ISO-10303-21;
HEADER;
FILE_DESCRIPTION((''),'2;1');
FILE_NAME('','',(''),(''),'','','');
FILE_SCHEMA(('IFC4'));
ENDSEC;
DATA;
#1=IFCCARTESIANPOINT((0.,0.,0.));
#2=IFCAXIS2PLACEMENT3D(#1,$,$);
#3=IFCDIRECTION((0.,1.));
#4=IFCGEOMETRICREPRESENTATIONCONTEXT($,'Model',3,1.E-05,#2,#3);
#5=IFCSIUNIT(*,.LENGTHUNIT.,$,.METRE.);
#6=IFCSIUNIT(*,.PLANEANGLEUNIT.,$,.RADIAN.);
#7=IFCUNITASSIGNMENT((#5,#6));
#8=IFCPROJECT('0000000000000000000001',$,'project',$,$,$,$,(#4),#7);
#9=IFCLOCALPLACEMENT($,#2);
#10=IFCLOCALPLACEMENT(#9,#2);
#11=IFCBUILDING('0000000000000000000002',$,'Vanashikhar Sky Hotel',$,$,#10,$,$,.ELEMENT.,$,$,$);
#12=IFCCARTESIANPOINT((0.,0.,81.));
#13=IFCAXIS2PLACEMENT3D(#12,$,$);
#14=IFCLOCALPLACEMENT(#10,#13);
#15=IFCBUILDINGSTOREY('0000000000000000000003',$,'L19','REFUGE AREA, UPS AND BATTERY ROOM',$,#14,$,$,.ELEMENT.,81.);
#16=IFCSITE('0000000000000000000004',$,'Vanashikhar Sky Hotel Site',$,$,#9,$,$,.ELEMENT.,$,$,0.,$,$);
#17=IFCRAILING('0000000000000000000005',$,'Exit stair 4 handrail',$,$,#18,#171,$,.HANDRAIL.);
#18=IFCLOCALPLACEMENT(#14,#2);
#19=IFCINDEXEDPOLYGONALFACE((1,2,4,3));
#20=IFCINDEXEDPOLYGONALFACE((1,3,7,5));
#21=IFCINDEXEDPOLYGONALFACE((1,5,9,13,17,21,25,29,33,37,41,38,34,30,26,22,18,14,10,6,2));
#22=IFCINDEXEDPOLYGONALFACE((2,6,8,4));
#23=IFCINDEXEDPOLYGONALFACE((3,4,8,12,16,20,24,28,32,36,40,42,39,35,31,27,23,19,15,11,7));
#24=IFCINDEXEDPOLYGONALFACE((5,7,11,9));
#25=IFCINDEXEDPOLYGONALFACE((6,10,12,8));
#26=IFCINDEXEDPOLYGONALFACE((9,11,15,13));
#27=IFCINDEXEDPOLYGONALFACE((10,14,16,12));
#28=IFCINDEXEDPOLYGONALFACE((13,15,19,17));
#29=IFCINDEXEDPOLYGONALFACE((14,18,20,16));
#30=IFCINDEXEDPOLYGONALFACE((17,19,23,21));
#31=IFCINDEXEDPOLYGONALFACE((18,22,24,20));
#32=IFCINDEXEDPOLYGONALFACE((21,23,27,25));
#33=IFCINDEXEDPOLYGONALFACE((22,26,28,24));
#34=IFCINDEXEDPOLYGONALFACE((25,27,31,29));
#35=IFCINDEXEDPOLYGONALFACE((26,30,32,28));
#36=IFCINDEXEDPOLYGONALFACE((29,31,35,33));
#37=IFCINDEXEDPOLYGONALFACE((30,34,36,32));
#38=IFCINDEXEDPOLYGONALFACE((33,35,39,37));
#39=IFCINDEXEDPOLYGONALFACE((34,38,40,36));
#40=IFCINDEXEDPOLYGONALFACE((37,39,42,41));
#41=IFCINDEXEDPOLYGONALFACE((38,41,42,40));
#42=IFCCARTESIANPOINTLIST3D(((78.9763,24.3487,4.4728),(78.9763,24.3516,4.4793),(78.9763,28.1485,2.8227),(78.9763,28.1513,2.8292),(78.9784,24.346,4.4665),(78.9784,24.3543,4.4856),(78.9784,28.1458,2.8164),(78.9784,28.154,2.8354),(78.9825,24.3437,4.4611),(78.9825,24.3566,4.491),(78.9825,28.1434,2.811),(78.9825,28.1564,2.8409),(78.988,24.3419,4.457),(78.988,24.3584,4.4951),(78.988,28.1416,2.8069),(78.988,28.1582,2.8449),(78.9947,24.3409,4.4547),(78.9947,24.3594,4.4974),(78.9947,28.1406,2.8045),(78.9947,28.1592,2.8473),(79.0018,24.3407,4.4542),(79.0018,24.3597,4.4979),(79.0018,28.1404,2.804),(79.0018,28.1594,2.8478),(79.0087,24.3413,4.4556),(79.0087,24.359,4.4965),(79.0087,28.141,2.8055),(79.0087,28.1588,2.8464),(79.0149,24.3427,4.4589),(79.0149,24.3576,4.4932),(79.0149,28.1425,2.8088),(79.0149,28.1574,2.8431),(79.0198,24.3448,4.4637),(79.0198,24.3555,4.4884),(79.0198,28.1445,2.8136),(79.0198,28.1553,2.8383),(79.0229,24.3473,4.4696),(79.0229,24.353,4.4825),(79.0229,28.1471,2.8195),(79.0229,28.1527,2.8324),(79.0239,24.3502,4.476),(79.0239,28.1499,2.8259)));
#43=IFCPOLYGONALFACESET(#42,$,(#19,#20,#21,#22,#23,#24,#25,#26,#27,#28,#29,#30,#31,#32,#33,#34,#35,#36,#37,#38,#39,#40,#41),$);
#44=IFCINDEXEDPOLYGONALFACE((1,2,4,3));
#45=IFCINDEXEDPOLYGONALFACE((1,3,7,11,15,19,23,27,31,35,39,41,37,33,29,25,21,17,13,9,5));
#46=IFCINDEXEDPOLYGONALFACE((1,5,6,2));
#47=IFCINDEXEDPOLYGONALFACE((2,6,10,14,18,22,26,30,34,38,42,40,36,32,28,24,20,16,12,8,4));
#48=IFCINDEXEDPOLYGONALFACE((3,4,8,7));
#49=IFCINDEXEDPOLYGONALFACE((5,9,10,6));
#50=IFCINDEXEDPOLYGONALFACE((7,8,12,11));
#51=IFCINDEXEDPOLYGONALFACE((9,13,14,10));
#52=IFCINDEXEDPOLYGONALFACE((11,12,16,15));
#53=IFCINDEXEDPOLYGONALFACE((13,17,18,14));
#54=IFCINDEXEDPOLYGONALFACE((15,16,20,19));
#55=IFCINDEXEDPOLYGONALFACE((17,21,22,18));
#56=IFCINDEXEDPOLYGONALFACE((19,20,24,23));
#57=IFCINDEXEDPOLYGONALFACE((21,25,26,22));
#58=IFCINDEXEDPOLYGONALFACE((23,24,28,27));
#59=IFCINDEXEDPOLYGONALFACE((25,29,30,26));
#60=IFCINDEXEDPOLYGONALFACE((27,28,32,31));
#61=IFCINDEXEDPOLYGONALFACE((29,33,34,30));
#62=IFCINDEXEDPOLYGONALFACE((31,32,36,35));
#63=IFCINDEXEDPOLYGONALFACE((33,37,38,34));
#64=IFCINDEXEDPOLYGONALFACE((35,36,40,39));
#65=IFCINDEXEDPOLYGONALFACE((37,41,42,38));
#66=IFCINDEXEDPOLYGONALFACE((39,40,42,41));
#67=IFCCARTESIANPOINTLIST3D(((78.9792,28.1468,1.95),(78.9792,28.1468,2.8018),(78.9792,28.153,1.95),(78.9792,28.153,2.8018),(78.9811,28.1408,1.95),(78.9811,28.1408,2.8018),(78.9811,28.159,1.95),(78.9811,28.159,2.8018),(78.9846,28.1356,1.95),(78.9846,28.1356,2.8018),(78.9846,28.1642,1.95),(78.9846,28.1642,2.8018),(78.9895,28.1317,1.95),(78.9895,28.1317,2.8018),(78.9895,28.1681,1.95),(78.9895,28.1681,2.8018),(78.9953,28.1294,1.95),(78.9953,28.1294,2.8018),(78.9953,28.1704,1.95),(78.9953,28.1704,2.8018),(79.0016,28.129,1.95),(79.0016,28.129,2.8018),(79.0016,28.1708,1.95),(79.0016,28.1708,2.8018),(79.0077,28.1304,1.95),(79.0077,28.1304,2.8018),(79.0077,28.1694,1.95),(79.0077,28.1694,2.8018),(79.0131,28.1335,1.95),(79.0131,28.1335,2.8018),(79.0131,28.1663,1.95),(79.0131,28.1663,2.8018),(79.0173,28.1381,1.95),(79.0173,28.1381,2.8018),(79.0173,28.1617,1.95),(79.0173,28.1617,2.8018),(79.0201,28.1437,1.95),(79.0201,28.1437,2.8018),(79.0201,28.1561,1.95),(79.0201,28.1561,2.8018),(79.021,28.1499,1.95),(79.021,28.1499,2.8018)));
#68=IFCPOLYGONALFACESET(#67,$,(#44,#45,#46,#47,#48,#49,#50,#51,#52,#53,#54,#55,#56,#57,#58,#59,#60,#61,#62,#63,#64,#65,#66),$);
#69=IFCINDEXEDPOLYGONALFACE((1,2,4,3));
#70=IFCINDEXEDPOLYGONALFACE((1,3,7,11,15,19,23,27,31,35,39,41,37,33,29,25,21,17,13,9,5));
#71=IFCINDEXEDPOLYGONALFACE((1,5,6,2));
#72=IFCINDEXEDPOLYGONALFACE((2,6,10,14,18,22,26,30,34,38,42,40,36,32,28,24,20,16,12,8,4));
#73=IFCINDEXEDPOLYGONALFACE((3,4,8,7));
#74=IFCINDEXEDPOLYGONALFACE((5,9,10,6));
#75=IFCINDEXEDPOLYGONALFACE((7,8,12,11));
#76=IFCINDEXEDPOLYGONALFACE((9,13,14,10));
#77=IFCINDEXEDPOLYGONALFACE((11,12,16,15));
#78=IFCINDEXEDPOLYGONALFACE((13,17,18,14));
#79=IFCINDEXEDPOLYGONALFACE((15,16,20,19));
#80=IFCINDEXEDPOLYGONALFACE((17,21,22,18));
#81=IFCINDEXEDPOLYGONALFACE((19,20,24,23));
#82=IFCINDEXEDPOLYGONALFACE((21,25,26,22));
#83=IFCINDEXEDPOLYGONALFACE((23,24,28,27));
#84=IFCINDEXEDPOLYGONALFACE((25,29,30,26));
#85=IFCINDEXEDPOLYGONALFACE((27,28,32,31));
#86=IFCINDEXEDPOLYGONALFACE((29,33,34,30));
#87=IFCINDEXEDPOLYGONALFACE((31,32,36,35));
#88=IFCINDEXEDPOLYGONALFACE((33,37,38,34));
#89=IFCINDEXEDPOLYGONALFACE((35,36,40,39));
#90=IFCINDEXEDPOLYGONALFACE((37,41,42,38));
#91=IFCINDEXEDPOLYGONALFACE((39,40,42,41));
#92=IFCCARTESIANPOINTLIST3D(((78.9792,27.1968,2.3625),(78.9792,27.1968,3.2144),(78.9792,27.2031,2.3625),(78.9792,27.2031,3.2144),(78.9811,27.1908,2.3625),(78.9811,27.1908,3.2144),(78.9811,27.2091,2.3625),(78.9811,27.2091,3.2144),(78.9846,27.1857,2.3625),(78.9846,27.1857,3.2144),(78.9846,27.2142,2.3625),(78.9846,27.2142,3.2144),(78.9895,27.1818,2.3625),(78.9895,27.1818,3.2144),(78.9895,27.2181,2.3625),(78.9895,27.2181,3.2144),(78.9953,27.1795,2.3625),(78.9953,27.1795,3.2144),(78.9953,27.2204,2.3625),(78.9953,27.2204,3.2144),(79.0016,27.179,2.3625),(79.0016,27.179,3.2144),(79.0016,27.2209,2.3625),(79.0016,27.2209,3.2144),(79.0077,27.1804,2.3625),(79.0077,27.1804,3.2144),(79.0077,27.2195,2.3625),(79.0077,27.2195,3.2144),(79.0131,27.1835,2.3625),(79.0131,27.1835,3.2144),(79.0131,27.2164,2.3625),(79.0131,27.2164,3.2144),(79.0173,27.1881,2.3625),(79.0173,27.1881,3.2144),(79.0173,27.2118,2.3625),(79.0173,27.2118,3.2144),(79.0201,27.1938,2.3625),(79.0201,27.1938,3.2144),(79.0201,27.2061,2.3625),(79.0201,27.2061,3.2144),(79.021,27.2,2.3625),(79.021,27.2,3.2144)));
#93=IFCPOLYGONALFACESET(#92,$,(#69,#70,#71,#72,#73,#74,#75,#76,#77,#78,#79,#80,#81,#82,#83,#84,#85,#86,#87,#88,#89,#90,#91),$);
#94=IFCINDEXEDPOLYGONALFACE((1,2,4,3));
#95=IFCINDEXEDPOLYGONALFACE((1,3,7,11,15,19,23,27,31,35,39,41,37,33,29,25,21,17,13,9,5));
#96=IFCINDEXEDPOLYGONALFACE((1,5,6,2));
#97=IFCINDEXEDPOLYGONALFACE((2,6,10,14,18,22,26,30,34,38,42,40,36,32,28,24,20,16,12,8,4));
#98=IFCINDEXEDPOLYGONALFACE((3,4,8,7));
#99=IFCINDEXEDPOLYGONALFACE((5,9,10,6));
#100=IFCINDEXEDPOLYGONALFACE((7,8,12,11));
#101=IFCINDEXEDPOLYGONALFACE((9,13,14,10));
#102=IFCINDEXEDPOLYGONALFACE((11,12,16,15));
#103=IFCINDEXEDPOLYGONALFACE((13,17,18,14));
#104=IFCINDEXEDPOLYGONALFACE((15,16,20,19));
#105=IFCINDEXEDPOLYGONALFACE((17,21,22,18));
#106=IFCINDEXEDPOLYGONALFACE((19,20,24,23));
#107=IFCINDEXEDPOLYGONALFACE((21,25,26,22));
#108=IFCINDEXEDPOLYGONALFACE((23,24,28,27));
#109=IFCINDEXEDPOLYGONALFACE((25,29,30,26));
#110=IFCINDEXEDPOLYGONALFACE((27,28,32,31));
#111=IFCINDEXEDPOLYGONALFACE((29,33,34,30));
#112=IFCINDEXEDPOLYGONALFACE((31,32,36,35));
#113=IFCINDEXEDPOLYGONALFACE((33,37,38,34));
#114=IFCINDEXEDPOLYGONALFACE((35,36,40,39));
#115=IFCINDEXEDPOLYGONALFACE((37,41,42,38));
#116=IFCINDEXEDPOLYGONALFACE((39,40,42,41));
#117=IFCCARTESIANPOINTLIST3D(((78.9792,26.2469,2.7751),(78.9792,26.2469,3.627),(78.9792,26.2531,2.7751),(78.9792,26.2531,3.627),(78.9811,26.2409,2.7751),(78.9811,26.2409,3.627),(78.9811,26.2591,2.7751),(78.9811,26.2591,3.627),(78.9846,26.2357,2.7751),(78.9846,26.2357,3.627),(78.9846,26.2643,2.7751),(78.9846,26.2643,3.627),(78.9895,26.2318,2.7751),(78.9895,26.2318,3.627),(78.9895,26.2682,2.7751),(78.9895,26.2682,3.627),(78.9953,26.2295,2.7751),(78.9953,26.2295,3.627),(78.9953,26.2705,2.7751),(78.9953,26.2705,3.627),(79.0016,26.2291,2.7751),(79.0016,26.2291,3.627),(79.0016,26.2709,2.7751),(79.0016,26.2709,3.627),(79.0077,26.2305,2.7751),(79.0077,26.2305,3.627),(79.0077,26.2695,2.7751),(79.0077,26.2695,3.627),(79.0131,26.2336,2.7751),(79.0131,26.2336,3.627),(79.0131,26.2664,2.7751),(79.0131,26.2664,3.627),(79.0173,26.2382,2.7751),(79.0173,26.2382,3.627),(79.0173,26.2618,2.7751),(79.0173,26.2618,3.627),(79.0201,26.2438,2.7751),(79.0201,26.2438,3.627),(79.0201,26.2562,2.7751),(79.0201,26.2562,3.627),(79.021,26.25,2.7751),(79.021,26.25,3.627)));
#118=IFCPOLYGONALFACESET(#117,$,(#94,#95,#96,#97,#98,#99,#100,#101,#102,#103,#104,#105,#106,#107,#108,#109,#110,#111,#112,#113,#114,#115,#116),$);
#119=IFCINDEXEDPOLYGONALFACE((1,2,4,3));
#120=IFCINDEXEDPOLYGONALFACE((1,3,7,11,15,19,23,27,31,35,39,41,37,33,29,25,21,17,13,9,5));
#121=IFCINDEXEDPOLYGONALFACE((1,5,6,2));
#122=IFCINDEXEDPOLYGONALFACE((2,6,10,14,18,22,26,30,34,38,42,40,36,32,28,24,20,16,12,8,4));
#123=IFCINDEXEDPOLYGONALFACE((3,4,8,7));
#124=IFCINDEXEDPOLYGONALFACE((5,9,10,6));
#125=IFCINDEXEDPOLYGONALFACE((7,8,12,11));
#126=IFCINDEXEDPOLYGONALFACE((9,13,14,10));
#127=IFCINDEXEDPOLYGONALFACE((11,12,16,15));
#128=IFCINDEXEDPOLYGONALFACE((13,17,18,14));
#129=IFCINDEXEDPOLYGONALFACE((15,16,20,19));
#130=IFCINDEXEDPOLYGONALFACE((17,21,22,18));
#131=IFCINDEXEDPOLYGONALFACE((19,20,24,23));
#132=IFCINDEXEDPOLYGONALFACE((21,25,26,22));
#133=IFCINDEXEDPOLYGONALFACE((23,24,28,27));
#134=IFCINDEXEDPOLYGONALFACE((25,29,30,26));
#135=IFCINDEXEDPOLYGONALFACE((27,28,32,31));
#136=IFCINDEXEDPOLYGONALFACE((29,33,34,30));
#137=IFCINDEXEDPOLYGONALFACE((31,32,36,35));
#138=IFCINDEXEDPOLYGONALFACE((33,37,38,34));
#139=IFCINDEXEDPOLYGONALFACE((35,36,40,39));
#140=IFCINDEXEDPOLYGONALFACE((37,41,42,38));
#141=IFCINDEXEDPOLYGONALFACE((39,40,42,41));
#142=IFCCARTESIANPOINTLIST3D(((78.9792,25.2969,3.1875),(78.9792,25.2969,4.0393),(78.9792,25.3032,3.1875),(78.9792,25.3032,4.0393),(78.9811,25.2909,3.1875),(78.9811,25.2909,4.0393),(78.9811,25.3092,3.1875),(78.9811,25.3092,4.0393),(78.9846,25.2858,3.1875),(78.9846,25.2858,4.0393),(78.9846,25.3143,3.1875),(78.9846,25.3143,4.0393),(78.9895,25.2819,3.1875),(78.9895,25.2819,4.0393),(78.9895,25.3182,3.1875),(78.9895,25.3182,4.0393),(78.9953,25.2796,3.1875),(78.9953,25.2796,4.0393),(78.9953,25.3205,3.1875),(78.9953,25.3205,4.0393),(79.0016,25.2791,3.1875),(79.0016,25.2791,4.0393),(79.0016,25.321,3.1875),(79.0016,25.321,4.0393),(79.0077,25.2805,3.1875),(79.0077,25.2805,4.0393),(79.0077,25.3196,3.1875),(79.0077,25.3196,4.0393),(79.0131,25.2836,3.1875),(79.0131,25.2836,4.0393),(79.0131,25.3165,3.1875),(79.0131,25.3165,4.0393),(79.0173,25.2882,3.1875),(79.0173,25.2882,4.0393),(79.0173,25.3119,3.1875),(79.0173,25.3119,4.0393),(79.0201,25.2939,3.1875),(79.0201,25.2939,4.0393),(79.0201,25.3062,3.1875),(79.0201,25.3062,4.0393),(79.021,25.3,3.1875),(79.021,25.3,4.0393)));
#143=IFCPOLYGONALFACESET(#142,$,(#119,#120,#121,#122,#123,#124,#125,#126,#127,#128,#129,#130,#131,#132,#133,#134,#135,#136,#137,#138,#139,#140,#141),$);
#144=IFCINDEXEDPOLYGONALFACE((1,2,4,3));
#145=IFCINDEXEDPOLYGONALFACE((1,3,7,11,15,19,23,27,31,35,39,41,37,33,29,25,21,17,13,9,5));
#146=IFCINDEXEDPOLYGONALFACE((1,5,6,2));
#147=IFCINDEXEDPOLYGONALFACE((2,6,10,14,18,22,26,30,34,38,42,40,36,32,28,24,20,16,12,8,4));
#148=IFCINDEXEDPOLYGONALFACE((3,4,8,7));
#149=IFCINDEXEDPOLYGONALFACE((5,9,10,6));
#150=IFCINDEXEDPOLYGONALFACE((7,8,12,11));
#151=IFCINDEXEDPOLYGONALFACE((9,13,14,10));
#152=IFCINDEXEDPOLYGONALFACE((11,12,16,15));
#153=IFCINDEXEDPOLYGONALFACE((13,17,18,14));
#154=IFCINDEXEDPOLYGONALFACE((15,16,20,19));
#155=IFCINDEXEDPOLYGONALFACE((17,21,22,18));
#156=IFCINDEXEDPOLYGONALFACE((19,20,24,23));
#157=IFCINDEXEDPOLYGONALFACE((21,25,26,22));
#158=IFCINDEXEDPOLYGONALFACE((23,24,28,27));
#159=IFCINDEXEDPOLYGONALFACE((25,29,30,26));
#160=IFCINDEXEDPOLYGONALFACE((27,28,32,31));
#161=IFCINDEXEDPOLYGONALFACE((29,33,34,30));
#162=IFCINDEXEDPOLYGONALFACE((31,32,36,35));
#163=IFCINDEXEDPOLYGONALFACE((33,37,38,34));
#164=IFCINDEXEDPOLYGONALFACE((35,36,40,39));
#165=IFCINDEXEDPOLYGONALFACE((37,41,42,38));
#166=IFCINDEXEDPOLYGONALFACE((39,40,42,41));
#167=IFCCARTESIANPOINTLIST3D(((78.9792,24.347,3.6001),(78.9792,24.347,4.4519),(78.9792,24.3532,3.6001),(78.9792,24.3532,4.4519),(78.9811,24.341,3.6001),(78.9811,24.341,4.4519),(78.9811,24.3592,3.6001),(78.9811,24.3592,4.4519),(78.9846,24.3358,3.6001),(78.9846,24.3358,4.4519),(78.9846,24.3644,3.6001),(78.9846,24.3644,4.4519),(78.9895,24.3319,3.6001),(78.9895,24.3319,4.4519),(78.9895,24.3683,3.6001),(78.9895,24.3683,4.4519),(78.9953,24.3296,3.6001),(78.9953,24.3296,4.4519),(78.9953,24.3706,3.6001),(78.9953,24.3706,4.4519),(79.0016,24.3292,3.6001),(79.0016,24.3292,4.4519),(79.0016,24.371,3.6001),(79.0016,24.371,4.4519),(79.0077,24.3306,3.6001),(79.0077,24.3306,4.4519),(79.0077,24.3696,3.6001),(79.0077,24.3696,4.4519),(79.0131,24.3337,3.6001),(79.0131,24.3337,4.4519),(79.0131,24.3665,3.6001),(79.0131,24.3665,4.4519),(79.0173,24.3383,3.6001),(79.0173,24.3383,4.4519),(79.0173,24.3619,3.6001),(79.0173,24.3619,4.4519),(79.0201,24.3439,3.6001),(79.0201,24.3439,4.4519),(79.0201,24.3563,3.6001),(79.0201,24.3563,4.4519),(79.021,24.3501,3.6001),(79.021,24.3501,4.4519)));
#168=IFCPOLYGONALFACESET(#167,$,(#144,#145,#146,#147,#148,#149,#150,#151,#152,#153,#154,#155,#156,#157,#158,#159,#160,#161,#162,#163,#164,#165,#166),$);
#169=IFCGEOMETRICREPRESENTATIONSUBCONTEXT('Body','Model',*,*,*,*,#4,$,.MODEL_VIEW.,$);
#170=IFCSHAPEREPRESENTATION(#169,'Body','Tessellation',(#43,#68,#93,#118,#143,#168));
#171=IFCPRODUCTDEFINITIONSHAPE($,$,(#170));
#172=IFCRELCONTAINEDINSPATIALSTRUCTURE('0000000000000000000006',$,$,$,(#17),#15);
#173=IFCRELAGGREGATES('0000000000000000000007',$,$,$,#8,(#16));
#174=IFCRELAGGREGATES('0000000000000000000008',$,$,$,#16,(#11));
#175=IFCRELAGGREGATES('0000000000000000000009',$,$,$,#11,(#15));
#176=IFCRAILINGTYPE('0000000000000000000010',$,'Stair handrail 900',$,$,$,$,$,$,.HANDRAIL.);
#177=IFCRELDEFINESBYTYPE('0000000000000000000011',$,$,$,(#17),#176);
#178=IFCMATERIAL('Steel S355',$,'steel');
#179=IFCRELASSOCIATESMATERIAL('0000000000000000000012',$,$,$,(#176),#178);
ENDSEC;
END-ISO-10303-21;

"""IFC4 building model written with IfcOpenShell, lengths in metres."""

from ifc_helpers import new_model, si_unit, direction, frame, origin, origin_2d, place, context, subcontext, project, spatial, circle, extrude, source, transform, mapped, material, type_object, element, save


model = new_model("IFC4")

# Units and contexts
model_context = context("Model", 3, precision=1e-05, world=origin(), true_north=direction((0.0, 1.0)))
body_context = subcontext(model_context, "Body", "Model", "MODEL_VIEW")
ifc_project = project(units=[si_unit("LENGTHUNIT", "METRE"), si_unit("PLANEANGLEUNIT", "RADIAN")], contexts=[model_context])

# Site, building, storey
site_placement = place(None, origin())
site = spatial("IfcSite", under=ifc_project, at=site_placement, Name="Vanashikhar Sky Hotel Site", CompositionType="ELEMENT", RefElevation=0.0)
building_placement = place(site_placement, origin())
building = spatial("IfcBuilding", under=site, at=building_placement, Name="Vanashikhar Sky Hotel", CompositionType="ELEMENT")
storey_placement = place(building_placement, frame((0.0, 0.0, 81.0)))
storey = spatial("IfcBuildingStorey", under=building, at=storey_placement, Name="L19", Description="REFUGE AREA, UPS AND BATTERY ROOM", CompositionType="ELEMENT", Elevation=81.0)

# Shared definitions
ifc_material_1 = material(Name="Steel S355", Category="steel")

# Railing
railing_type = type_object("IfcRailingType", Name="Stair handrail 900", PredefinedType="HANDRAIL", material=ifc_material_1)
shared_shape_1 = source(origin(), body_context, "Body", "SweptSolid", [
    extrude(circle(Radius=0.0239, at=origin_2d()), frame((0.0, 0.0, 0.876), z_axis=(0.0, -0.917241, 0.398332), x_axis=(1.0, 0.0, 0.0)), (0.0, 0.0, 1.0), 4.1426),
    extrude(circle(Radius=0.021, at=origin_2d()), origin(), (0.0, 0.0, 1.0), 0.8518),
    extrude(circle(Radius=0.021, at=origin_2d()), frame((0.0, -0.95, 0.4126)), (0.0, 0.0, 1.0), 0.8518),
    extrude(circle(Radius=0.021, at=origin_2d()), frame((0.0, -1.8999, 0.8252)), (0.0, 0.0, 1.0), 0.8518),
    extrude(circle(Radius=0.021, at=origin_2d()), frame((0.0, -2.8499, 1.2375)), (0.0, 0.0, 1.0), 0.8518),
    extrude(circle(Radius=0.021, at=origin_2d()), frame((0.0, -3.7998, 1.6501)), (0.0, 0.0, 1.0), 0.8518),
])
railing_1_placement = place(storey_placement, frame((79.0, 28.1499, 1.95)))
element("IfcRailing", 1, at=railing_1_placement, inside=storey, type_object=railing_type, Name="Exit stair 4 handrail", PredefinedType="HANDRAIL", context=body_context, shape_type="MappedRepresentation", body=[
    mapped(shared_shape_1, transform((0.0, 0.0, 0.0), scale=1.0)),
])

save(model, "model.ifc")
